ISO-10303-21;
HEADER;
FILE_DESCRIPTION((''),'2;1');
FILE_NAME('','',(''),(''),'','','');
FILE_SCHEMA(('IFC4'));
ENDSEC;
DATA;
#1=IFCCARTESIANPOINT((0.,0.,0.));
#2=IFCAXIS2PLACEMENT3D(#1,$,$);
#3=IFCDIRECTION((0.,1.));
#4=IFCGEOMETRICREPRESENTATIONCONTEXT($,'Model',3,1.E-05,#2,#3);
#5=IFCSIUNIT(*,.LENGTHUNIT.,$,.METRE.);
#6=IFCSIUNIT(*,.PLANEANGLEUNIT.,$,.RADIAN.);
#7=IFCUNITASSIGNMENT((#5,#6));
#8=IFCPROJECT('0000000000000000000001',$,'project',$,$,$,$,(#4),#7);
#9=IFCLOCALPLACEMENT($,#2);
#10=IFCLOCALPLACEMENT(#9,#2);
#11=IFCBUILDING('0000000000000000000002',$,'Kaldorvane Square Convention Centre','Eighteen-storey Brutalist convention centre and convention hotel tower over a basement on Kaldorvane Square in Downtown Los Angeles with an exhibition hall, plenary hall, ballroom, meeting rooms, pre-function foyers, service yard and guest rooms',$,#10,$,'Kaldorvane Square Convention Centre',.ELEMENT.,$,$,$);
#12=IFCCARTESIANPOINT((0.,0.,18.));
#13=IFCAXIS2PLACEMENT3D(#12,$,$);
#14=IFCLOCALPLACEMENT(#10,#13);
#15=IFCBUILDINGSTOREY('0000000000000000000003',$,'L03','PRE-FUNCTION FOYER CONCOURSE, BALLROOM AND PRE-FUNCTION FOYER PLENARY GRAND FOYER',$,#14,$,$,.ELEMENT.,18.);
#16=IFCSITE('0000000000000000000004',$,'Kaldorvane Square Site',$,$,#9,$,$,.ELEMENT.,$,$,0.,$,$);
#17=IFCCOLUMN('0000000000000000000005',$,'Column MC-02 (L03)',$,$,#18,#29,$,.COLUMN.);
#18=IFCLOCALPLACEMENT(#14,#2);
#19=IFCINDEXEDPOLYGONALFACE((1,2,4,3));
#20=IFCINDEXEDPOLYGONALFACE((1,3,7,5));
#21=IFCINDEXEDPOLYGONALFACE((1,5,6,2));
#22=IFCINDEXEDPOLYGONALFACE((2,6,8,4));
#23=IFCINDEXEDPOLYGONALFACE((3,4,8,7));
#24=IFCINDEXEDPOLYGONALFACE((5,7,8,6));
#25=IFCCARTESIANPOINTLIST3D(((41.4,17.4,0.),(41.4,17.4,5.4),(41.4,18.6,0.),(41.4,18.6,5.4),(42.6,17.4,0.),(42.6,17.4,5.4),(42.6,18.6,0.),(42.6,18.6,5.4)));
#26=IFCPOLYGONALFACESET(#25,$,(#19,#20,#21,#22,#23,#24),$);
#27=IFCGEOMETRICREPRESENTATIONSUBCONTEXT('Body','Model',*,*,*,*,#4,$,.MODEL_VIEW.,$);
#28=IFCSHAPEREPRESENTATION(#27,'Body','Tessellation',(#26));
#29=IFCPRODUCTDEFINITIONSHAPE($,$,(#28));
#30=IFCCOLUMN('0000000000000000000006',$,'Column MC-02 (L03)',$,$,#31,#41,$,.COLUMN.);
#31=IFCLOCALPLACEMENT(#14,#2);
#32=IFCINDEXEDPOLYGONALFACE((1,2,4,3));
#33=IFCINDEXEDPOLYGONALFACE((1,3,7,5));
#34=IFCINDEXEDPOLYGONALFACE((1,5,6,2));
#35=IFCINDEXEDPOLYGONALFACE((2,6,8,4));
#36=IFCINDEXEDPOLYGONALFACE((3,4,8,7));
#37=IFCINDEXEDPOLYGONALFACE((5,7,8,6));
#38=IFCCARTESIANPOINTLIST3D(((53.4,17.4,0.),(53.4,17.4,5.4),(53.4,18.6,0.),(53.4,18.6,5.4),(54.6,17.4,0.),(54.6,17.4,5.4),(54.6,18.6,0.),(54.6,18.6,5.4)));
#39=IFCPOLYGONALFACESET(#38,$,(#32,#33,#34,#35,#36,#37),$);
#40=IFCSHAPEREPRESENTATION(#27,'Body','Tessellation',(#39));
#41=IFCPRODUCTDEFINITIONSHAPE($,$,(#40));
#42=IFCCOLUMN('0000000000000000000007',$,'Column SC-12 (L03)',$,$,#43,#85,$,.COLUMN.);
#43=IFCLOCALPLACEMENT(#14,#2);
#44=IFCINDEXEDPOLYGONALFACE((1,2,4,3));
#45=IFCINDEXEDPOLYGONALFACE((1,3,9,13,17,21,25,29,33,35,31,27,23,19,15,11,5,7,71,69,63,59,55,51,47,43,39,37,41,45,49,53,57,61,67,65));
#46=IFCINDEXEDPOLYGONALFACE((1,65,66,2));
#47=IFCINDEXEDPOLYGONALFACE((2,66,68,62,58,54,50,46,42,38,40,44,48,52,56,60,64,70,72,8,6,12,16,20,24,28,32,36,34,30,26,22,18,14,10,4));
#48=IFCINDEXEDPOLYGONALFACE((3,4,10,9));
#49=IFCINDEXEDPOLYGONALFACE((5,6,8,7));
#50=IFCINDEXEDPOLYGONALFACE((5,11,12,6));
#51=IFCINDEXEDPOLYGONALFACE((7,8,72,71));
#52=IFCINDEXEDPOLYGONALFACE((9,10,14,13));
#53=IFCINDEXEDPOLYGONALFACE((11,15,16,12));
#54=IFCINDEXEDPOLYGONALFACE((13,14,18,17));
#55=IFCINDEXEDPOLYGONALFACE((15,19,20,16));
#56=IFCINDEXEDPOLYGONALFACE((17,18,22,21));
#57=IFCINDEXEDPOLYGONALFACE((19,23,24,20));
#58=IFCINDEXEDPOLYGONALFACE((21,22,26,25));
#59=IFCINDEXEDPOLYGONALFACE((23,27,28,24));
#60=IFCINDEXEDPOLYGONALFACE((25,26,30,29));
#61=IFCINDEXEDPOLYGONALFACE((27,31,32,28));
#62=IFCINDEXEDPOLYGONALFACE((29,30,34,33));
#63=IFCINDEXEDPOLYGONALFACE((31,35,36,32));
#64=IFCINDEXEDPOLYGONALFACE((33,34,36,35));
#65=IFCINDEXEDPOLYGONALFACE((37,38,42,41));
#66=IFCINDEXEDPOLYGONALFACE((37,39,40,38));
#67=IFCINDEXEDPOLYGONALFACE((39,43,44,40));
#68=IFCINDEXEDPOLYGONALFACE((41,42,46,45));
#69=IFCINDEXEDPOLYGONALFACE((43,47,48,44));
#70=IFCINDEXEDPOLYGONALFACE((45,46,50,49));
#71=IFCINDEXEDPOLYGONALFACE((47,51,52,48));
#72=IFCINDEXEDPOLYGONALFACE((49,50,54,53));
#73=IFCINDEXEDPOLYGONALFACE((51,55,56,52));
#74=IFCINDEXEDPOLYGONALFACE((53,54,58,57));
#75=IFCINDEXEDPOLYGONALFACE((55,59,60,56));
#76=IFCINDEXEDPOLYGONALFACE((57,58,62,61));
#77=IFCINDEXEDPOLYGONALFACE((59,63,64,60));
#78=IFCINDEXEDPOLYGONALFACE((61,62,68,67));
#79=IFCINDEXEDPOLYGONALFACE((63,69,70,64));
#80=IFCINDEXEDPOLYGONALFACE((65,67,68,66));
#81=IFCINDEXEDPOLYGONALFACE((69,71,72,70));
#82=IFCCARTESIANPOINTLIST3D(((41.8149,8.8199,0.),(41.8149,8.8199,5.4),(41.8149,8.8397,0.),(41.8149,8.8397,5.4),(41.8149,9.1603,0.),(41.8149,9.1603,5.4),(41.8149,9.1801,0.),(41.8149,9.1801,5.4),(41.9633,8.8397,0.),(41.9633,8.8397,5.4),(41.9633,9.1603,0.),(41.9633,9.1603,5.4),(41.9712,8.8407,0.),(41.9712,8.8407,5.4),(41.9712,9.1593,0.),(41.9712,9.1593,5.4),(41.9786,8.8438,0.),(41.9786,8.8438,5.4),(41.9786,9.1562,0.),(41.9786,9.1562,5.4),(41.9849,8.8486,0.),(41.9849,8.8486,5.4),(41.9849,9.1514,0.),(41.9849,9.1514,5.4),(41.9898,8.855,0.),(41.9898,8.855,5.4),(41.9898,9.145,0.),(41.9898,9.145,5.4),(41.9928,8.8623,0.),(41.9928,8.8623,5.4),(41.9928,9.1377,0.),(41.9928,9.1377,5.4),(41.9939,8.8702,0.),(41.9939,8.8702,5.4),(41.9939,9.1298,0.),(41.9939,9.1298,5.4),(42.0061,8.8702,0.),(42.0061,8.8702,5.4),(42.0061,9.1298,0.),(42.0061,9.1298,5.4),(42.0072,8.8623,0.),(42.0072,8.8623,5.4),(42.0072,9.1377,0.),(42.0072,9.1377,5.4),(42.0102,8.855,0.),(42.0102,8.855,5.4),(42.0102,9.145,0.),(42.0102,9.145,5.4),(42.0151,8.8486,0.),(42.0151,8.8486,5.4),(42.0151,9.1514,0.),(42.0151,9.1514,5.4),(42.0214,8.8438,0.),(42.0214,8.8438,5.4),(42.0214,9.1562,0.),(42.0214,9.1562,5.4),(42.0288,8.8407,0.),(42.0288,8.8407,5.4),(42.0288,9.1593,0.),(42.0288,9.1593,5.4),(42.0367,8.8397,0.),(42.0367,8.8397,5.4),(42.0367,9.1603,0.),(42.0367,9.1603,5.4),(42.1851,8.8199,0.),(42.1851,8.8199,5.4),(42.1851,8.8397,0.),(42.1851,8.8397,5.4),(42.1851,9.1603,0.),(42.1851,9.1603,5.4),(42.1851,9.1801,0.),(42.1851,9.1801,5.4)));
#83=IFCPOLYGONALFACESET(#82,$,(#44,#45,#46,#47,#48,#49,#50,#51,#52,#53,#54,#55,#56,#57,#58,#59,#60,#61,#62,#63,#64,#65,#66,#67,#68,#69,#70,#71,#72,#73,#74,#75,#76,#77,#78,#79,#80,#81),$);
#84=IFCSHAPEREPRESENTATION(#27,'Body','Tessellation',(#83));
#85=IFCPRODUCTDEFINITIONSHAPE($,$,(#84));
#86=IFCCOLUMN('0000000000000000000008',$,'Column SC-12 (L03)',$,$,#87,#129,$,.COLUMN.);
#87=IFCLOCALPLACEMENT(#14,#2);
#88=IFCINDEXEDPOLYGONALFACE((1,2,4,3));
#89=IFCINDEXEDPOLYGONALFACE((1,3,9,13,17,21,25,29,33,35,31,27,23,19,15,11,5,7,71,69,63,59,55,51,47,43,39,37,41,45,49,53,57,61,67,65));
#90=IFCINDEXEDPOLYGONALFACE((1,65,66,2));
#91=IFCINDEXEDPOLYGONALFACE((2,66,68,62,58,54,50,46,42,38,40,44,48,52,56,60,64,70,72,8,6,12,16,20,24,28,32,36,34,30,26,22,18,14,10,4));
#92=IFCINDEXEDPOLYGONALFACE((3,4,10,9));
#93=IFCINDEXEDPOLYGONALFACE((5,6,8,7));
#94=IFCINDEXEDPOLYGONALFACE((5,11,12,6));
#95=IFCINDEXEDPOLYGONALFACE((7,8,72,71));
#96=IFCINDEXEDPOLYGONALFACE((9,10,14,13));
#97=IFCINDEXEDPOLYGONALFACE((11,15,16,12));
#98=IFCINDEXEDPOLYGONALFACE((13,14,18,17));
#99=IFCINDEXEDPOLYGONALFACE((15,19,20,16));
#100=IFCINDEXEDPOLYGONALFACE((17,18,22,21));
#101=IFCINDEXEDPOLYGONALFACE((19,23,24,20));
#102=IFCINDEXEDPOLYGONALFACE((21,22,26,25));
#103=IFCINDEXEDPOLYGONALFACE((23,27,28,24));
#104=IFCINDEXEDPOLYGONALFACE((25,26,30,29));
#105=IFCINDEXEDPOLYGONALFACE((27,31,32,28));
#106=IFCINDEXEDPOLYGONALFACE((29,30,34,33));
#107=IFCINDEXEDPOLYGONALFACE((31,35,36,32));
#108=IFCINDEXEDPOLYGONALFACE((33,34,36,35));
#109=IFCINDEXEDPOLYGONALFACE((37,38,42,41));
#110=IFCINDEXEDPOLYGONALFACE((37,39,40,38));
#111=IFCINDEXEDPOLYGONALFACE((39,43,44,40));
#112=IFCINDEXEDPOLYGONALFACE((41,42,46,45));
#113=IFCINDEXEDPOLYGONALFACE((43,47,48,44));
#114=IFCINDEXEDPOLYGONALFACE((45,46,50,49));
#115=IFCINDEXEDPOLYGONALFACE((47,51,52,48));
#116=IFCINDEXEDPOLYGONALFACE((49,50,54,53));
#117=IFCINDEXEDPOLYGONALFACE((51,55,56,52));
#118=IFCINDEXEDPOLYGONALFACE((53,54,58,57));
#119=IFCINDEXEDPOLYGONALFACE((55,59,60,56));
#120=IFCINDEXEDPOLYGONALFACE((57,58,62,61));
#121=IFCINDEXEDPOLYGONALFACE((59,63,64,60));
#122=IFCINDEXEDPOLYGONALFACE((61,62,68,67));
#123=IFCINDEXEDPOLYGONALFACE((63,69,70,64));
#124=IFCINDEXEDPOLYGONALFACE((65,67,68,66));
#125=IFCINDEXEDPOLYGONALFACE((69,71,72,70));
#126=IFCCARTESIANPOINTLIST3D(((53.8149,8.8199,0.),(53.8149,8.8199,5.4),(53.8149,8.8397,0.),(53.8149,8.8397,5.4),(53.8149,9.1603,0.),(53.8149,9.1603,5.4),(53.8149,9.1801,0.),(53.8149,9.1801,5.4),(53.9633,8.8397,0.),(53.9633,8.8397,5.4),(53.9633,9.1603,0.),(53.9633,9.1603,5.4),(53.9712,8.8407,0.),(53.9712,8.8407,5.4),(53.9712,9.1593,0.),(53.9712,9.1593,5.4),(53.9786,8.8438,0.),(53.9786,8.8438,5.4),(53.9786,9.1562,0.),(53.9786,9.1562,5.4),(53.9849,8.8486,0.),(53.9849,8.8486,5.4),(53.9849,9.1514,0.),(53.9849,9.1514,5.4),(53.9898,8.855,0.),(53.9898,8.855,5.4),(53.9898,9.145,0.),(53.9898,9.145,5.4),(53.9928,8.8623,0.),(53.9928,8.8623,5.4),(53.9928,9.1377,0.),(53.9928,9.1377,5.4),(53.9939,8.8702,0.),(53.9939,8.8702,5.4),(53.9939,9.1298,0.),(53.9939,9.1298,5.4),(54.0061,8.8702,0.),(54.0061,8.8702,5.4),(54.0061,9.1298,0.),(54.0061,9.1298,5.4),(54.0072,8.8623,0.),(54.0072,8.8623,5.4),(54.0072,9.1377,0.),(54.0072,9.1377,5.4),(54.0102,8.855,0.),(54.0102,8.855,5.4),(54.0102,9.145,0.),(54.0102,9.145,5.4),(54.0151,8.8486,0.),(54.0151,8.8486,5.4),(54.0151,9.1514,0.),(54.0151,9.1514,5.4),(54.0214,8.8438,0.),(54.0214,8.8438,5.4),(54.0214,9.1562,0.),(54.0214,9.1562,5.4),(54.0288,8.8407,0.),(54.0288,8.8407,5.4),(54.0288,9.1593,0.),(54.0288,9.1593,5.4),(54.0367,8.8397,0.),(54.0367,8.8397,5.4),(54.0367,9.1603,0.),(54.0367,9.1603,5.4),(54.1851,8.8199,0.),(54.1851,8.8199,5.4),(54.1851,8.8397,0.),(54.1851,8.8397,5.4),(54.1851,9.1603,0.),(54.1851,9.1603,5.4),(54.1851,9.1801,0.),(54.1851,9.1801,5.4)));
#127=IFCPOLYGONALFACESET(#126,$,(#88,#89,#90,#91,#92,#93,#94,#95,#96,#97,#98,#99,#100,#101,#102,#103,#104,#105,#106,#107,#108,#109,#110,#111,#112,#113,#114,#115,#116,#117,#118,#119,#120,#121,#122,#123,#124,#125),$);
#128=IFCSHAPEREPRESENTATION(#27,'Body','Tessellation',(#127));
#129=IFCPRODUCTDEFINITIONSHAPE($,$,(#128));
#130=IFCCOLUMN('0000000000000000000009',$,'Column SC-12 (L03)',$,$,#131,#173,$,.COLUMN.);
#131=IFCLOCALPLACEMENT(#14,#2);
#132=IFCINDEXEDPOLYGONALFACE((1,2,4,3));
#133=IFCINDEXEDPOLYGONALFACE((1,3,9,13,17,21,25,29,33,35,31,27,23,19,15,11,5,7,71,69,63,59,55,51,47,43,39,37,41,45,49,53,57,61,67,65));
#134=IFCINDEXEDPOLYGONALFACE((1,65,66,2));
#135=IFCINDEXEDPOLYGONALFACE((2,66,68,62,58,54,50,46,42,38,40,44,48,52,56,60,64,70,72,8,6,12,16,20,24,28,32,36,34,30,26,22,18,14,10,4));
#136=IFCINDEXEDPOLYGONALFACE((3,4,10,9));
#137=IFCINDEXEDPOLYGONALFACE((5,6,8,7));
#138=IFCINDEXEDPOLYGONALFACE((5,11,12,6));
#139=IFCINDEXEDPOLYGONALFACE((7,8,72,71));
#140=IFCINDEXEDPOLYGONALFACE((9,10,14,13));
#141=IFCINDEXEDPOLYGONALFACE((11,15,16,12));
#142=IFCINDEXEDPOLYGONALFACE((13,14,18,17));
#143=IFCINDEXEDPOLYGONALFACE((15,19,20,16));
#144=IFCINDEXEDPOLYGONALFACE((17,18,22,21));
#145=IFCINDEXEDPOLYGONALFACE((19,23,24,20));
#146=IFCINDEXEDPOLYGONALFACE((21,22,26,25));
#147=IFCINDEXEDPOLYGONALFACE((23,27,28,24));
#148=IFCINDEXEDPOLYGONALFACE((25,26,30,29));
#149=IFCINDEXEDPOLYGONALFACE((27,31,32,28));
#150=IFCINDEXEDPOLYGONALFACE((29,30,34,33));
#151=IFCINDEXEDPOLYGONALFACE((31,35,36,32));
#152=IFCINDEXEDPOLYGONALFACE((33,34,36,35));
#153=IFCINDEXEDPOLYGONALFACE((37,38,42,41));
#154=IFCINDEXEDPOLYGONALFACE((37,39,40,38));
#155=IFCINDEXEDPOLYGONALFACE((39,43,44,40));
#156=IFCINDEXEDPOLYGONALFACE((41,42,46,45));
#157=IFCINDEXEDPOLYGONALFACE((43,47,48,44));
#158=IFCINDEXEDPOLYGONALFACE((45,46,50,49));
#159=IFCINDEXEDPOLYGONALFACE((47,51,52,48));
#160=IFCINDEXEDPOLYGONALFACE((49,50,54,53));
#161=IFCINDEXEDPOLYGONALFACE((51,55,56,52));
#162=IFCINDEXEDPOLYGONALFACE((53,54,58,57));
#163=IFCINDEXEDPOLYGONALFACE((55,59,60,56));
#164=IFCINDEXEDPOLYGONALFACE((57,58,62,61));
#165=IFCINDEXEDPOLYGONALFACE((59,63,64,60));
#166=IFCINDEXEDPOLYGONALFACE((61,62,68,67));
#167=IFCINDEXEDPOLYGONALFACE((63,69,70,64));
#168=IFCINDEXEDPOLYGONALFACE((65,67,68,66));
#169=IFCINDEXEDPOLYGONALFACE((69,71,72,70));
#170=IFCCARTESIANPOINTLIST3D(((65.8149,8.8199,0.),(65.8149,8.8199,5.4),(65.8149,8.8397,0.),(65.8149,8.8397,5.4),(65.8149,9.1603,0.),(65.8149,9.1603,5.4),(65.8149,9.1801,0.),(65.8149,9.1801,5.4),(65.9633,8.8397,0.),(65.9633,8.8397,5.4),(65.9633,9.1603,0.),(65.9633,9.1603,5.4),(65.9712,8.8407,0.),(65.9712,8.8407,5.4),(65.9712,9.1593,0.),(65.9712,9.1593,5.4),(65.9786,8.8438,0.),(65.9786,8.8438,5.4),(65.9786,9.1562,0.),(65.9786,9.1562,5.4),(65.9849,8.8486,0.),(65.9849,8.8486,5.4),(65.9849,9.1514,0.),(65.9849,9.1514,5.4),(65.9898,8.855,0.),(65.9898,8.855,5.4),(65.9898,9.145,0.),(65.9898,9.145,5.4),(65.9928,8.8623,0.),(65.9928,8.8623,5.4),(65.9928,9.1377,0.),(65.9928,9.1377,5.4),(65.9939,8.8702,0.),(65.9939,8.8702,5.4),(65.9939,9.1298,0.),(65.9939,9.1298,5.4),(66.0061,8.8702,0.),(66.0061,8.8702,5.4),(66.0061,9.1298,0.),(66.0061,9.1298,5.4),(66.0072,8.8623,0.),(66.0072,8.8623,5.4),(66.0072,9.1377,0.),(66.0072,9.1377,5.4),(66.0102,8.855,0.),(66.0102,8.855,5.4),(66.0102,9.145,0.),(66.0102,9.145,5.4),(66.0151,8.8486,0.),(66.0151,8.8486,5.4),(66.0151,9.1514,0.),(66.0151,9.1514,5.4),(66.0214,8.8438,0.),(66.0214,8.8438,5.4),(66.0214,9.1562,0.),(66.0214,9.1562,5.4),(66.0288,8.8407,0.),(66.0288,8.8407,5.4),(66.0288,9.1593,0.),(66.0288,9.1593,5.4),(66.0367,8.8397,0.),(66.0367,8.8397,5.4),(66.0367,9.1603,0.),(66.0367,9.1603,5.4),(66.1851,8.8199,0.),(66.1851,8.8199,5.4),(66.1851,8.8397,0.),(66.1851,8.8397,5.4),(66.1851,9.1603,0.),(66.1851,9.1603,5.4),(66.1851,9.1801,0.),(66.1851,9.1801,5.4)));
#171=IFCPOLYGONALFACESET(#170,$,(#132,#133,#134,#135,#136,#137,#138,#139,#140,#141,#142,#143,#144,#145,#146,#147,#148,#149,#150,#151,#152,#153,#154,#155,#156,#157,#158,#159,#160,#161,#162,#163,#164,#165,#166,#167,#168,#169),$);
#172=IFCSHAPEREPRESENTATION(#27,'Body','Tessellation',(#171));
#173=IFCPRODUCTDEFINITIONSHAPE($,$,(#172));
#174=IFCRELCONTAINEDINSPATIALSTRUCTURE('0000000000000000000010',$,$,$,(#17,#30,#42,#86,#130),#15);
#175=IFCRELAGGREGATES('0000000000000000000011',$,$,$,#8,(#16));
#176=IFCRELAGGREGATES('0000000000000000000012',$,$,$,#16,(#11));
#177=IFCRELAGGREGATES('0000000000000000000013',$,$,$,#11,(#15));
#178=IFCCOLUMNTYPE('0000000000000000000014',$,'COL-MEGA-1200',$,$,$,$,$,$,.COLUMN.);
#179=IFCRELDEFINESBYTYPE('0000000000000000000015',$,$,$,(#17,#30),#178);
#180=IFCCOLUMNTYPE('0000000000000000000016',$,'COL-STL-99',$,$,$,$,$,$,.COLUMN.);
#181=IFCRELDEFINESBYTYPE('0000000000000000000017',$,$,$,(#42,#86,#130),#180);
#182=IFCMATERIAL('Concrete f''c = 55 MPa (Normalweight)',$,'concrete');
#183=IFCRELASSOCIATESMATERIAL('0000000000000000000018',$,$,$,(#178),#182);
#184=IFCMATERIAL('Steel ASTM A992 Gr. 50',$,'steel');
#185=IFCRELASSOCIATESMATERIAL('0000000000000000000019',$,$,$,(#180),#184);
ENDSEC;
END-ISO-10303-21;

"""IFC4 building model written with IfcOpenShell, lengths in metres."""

from ifc_helpers import new_model, si_unit, direction, frame, origin, origin_2d, place, context, subcontext, project, spatial, rectangle, i_section, extrude, material, material_profile, profile_set, type_object, element, save


model = new_model("IFC4")

# Units and contexts
model_context = context("Model", 3, precision=1e-05, world=origin(), true_north=direction((0.0, 1.0)))
body_context = subcontext(model_context, "Body", "Model", "MODEL_VIEW")
ifc_project = project(units=[si_unit("LENGTHUNIT", "METRE"), si_unit("PLANEANGLEUNIT", "RADIAN")], contexts=[model_context])

# Site, building, storey
site_placement = place(None, origin())
site = spatial("IfcSite", under=ifc_project, at=site_placement, Name="Kaldorvane Square Site", CompositionType="ELEMENT", RefElevation=0.0)
building_placement = place(site_placement, origin())
building = spatial("IfcBuilding", under=site, at=building_placement, Name="Kaldorvane Square Convention Centre", Description="Eighteen-storey Brutalist convention centre and convention hotel tower over a basement on Kaldorvane Square in Downtown Los Angeles with an exhibition hall, plenary hall, ballroom, meeting rooms, pre-function foyers, service yard and guest rooms", LongName="Kaldorvane Square Convention Centre", CompositionType="ELEMENT")
storey_placement = place(building_placement, frame((0.0, 0.0, 18.0)))
storey = spatial("IfcBuildingStorey", under=building, at=storey_placement, Name="L03", Description="PRE-FUNCTION FOYER CONCOURSE, BALLROOM AND PRE-FUNCTION FOYER PLENARY GRAND FOYER", CompositionType="ELEMENT", Elevation=18.0)

# Columns
ifc_material_1 = material(Name="Concrete f'c = 55 MPa (Normalweight)", Category="concrete")
ifc_material_profile_1 = material_profile(ifc_material_1, rectangle(XDim=1.2, YDim=1.2, at=origin_2d()), Name="RC1200X1200")
ifc_profile_set_1 = profile_set([ifc_material_profile_1], Name="Concrete f'c = 55 MPa (Normalweight)")
column_type_1 = type_object("IfcColumnType", Name="COL-MEGA-1200", PredefinedType="COLUMN", material=ifc_profile_set_1)
for number, where, z_axis, x_axis, name in (
    (1, (42.0, 18.0, 0.0), (0.0, 0.0, 1.0), (1.0, 0.0, 0.0), "Column MC-02 (L03)"),
    (2, (54.0, 18.0, 0.0), (0.0, 0.0, 1.0), (1.0, 0.0, 0.0), "Column MC-02 (L03)"),
):
    element("IfcColumn", number, at=place(storey_placement, frame(where, z_axis=z_axis, x_axis=x_axis)), inside=storey, type_object=column_type_1, Name=name, PredefinedType="COLUMN", context=body_context, shape_type="SweptSolid", body=[
        extrude(rectangle(XDim=1.2, YDim=1.2, at=origin_2d()), origin(), (0.0, 0.0, 1.0), 5.4),
    ])
ifc_material_2 = material(Name="Steel ASTM A992 Gr. 50", Category="steel")
ifc_material_profile_2 = material_profile(ifc_material_2, i_section(OverallWidth=0.3701, OverallDepth=0.3602, WebThickness=0.0123, FlangeThickness=0.0198, FilletRadius=0.0305, at=origin_2d()), Name="W14X99")
ifc_profile_set_2 = profile_set([ifc_material_profile_2], Name="Steel ASTM A992 Gr. 50")
column_type_2 = type_object("IfcColumnType", Name="COL-STL-99", PredefinedType="COLUMN", material=ifc_profile_set_2)
for number, where, z_axis, x_axis, name in (
    (3, (42.0, 9.0, 0.0), (0.0, 0.0, 1.0), (1.0, 0.0, 0.0), "Column SC-12 (L03)"),
    (4, (54.0, 9.0, 0.0), (0.0, 0.0, 1.0), (1.0, 0.0, 0.0), "Column SC-12 (L03)"),
    (5, (66.0, 9.0, 0.0), (0.0, 0.0, 1.0), (1.0, 0.0, 0.0), "Column SC-12 (L03)"),
):
    element("IfcColumn", number, at=place(storey_placement, frame(where, z_axis=z_axis, x_axis=x_axis)), inside=storey, type_object=column_type_2, Name=name, PredefinedType="COLUMN", context=body_context, shape_type="SweptSolid", body=[
        extrude(i_section(OverallWidth=0.3701, OverallDepth=0.3602, WebThickness=0.0123, FlangeThickness=0.0198, FilletRadius=0.0305, at=origin_2d()), origin(), (0.0, 0.0, 1.0), 5.4),
    ])

save(model, "model.ifc")
